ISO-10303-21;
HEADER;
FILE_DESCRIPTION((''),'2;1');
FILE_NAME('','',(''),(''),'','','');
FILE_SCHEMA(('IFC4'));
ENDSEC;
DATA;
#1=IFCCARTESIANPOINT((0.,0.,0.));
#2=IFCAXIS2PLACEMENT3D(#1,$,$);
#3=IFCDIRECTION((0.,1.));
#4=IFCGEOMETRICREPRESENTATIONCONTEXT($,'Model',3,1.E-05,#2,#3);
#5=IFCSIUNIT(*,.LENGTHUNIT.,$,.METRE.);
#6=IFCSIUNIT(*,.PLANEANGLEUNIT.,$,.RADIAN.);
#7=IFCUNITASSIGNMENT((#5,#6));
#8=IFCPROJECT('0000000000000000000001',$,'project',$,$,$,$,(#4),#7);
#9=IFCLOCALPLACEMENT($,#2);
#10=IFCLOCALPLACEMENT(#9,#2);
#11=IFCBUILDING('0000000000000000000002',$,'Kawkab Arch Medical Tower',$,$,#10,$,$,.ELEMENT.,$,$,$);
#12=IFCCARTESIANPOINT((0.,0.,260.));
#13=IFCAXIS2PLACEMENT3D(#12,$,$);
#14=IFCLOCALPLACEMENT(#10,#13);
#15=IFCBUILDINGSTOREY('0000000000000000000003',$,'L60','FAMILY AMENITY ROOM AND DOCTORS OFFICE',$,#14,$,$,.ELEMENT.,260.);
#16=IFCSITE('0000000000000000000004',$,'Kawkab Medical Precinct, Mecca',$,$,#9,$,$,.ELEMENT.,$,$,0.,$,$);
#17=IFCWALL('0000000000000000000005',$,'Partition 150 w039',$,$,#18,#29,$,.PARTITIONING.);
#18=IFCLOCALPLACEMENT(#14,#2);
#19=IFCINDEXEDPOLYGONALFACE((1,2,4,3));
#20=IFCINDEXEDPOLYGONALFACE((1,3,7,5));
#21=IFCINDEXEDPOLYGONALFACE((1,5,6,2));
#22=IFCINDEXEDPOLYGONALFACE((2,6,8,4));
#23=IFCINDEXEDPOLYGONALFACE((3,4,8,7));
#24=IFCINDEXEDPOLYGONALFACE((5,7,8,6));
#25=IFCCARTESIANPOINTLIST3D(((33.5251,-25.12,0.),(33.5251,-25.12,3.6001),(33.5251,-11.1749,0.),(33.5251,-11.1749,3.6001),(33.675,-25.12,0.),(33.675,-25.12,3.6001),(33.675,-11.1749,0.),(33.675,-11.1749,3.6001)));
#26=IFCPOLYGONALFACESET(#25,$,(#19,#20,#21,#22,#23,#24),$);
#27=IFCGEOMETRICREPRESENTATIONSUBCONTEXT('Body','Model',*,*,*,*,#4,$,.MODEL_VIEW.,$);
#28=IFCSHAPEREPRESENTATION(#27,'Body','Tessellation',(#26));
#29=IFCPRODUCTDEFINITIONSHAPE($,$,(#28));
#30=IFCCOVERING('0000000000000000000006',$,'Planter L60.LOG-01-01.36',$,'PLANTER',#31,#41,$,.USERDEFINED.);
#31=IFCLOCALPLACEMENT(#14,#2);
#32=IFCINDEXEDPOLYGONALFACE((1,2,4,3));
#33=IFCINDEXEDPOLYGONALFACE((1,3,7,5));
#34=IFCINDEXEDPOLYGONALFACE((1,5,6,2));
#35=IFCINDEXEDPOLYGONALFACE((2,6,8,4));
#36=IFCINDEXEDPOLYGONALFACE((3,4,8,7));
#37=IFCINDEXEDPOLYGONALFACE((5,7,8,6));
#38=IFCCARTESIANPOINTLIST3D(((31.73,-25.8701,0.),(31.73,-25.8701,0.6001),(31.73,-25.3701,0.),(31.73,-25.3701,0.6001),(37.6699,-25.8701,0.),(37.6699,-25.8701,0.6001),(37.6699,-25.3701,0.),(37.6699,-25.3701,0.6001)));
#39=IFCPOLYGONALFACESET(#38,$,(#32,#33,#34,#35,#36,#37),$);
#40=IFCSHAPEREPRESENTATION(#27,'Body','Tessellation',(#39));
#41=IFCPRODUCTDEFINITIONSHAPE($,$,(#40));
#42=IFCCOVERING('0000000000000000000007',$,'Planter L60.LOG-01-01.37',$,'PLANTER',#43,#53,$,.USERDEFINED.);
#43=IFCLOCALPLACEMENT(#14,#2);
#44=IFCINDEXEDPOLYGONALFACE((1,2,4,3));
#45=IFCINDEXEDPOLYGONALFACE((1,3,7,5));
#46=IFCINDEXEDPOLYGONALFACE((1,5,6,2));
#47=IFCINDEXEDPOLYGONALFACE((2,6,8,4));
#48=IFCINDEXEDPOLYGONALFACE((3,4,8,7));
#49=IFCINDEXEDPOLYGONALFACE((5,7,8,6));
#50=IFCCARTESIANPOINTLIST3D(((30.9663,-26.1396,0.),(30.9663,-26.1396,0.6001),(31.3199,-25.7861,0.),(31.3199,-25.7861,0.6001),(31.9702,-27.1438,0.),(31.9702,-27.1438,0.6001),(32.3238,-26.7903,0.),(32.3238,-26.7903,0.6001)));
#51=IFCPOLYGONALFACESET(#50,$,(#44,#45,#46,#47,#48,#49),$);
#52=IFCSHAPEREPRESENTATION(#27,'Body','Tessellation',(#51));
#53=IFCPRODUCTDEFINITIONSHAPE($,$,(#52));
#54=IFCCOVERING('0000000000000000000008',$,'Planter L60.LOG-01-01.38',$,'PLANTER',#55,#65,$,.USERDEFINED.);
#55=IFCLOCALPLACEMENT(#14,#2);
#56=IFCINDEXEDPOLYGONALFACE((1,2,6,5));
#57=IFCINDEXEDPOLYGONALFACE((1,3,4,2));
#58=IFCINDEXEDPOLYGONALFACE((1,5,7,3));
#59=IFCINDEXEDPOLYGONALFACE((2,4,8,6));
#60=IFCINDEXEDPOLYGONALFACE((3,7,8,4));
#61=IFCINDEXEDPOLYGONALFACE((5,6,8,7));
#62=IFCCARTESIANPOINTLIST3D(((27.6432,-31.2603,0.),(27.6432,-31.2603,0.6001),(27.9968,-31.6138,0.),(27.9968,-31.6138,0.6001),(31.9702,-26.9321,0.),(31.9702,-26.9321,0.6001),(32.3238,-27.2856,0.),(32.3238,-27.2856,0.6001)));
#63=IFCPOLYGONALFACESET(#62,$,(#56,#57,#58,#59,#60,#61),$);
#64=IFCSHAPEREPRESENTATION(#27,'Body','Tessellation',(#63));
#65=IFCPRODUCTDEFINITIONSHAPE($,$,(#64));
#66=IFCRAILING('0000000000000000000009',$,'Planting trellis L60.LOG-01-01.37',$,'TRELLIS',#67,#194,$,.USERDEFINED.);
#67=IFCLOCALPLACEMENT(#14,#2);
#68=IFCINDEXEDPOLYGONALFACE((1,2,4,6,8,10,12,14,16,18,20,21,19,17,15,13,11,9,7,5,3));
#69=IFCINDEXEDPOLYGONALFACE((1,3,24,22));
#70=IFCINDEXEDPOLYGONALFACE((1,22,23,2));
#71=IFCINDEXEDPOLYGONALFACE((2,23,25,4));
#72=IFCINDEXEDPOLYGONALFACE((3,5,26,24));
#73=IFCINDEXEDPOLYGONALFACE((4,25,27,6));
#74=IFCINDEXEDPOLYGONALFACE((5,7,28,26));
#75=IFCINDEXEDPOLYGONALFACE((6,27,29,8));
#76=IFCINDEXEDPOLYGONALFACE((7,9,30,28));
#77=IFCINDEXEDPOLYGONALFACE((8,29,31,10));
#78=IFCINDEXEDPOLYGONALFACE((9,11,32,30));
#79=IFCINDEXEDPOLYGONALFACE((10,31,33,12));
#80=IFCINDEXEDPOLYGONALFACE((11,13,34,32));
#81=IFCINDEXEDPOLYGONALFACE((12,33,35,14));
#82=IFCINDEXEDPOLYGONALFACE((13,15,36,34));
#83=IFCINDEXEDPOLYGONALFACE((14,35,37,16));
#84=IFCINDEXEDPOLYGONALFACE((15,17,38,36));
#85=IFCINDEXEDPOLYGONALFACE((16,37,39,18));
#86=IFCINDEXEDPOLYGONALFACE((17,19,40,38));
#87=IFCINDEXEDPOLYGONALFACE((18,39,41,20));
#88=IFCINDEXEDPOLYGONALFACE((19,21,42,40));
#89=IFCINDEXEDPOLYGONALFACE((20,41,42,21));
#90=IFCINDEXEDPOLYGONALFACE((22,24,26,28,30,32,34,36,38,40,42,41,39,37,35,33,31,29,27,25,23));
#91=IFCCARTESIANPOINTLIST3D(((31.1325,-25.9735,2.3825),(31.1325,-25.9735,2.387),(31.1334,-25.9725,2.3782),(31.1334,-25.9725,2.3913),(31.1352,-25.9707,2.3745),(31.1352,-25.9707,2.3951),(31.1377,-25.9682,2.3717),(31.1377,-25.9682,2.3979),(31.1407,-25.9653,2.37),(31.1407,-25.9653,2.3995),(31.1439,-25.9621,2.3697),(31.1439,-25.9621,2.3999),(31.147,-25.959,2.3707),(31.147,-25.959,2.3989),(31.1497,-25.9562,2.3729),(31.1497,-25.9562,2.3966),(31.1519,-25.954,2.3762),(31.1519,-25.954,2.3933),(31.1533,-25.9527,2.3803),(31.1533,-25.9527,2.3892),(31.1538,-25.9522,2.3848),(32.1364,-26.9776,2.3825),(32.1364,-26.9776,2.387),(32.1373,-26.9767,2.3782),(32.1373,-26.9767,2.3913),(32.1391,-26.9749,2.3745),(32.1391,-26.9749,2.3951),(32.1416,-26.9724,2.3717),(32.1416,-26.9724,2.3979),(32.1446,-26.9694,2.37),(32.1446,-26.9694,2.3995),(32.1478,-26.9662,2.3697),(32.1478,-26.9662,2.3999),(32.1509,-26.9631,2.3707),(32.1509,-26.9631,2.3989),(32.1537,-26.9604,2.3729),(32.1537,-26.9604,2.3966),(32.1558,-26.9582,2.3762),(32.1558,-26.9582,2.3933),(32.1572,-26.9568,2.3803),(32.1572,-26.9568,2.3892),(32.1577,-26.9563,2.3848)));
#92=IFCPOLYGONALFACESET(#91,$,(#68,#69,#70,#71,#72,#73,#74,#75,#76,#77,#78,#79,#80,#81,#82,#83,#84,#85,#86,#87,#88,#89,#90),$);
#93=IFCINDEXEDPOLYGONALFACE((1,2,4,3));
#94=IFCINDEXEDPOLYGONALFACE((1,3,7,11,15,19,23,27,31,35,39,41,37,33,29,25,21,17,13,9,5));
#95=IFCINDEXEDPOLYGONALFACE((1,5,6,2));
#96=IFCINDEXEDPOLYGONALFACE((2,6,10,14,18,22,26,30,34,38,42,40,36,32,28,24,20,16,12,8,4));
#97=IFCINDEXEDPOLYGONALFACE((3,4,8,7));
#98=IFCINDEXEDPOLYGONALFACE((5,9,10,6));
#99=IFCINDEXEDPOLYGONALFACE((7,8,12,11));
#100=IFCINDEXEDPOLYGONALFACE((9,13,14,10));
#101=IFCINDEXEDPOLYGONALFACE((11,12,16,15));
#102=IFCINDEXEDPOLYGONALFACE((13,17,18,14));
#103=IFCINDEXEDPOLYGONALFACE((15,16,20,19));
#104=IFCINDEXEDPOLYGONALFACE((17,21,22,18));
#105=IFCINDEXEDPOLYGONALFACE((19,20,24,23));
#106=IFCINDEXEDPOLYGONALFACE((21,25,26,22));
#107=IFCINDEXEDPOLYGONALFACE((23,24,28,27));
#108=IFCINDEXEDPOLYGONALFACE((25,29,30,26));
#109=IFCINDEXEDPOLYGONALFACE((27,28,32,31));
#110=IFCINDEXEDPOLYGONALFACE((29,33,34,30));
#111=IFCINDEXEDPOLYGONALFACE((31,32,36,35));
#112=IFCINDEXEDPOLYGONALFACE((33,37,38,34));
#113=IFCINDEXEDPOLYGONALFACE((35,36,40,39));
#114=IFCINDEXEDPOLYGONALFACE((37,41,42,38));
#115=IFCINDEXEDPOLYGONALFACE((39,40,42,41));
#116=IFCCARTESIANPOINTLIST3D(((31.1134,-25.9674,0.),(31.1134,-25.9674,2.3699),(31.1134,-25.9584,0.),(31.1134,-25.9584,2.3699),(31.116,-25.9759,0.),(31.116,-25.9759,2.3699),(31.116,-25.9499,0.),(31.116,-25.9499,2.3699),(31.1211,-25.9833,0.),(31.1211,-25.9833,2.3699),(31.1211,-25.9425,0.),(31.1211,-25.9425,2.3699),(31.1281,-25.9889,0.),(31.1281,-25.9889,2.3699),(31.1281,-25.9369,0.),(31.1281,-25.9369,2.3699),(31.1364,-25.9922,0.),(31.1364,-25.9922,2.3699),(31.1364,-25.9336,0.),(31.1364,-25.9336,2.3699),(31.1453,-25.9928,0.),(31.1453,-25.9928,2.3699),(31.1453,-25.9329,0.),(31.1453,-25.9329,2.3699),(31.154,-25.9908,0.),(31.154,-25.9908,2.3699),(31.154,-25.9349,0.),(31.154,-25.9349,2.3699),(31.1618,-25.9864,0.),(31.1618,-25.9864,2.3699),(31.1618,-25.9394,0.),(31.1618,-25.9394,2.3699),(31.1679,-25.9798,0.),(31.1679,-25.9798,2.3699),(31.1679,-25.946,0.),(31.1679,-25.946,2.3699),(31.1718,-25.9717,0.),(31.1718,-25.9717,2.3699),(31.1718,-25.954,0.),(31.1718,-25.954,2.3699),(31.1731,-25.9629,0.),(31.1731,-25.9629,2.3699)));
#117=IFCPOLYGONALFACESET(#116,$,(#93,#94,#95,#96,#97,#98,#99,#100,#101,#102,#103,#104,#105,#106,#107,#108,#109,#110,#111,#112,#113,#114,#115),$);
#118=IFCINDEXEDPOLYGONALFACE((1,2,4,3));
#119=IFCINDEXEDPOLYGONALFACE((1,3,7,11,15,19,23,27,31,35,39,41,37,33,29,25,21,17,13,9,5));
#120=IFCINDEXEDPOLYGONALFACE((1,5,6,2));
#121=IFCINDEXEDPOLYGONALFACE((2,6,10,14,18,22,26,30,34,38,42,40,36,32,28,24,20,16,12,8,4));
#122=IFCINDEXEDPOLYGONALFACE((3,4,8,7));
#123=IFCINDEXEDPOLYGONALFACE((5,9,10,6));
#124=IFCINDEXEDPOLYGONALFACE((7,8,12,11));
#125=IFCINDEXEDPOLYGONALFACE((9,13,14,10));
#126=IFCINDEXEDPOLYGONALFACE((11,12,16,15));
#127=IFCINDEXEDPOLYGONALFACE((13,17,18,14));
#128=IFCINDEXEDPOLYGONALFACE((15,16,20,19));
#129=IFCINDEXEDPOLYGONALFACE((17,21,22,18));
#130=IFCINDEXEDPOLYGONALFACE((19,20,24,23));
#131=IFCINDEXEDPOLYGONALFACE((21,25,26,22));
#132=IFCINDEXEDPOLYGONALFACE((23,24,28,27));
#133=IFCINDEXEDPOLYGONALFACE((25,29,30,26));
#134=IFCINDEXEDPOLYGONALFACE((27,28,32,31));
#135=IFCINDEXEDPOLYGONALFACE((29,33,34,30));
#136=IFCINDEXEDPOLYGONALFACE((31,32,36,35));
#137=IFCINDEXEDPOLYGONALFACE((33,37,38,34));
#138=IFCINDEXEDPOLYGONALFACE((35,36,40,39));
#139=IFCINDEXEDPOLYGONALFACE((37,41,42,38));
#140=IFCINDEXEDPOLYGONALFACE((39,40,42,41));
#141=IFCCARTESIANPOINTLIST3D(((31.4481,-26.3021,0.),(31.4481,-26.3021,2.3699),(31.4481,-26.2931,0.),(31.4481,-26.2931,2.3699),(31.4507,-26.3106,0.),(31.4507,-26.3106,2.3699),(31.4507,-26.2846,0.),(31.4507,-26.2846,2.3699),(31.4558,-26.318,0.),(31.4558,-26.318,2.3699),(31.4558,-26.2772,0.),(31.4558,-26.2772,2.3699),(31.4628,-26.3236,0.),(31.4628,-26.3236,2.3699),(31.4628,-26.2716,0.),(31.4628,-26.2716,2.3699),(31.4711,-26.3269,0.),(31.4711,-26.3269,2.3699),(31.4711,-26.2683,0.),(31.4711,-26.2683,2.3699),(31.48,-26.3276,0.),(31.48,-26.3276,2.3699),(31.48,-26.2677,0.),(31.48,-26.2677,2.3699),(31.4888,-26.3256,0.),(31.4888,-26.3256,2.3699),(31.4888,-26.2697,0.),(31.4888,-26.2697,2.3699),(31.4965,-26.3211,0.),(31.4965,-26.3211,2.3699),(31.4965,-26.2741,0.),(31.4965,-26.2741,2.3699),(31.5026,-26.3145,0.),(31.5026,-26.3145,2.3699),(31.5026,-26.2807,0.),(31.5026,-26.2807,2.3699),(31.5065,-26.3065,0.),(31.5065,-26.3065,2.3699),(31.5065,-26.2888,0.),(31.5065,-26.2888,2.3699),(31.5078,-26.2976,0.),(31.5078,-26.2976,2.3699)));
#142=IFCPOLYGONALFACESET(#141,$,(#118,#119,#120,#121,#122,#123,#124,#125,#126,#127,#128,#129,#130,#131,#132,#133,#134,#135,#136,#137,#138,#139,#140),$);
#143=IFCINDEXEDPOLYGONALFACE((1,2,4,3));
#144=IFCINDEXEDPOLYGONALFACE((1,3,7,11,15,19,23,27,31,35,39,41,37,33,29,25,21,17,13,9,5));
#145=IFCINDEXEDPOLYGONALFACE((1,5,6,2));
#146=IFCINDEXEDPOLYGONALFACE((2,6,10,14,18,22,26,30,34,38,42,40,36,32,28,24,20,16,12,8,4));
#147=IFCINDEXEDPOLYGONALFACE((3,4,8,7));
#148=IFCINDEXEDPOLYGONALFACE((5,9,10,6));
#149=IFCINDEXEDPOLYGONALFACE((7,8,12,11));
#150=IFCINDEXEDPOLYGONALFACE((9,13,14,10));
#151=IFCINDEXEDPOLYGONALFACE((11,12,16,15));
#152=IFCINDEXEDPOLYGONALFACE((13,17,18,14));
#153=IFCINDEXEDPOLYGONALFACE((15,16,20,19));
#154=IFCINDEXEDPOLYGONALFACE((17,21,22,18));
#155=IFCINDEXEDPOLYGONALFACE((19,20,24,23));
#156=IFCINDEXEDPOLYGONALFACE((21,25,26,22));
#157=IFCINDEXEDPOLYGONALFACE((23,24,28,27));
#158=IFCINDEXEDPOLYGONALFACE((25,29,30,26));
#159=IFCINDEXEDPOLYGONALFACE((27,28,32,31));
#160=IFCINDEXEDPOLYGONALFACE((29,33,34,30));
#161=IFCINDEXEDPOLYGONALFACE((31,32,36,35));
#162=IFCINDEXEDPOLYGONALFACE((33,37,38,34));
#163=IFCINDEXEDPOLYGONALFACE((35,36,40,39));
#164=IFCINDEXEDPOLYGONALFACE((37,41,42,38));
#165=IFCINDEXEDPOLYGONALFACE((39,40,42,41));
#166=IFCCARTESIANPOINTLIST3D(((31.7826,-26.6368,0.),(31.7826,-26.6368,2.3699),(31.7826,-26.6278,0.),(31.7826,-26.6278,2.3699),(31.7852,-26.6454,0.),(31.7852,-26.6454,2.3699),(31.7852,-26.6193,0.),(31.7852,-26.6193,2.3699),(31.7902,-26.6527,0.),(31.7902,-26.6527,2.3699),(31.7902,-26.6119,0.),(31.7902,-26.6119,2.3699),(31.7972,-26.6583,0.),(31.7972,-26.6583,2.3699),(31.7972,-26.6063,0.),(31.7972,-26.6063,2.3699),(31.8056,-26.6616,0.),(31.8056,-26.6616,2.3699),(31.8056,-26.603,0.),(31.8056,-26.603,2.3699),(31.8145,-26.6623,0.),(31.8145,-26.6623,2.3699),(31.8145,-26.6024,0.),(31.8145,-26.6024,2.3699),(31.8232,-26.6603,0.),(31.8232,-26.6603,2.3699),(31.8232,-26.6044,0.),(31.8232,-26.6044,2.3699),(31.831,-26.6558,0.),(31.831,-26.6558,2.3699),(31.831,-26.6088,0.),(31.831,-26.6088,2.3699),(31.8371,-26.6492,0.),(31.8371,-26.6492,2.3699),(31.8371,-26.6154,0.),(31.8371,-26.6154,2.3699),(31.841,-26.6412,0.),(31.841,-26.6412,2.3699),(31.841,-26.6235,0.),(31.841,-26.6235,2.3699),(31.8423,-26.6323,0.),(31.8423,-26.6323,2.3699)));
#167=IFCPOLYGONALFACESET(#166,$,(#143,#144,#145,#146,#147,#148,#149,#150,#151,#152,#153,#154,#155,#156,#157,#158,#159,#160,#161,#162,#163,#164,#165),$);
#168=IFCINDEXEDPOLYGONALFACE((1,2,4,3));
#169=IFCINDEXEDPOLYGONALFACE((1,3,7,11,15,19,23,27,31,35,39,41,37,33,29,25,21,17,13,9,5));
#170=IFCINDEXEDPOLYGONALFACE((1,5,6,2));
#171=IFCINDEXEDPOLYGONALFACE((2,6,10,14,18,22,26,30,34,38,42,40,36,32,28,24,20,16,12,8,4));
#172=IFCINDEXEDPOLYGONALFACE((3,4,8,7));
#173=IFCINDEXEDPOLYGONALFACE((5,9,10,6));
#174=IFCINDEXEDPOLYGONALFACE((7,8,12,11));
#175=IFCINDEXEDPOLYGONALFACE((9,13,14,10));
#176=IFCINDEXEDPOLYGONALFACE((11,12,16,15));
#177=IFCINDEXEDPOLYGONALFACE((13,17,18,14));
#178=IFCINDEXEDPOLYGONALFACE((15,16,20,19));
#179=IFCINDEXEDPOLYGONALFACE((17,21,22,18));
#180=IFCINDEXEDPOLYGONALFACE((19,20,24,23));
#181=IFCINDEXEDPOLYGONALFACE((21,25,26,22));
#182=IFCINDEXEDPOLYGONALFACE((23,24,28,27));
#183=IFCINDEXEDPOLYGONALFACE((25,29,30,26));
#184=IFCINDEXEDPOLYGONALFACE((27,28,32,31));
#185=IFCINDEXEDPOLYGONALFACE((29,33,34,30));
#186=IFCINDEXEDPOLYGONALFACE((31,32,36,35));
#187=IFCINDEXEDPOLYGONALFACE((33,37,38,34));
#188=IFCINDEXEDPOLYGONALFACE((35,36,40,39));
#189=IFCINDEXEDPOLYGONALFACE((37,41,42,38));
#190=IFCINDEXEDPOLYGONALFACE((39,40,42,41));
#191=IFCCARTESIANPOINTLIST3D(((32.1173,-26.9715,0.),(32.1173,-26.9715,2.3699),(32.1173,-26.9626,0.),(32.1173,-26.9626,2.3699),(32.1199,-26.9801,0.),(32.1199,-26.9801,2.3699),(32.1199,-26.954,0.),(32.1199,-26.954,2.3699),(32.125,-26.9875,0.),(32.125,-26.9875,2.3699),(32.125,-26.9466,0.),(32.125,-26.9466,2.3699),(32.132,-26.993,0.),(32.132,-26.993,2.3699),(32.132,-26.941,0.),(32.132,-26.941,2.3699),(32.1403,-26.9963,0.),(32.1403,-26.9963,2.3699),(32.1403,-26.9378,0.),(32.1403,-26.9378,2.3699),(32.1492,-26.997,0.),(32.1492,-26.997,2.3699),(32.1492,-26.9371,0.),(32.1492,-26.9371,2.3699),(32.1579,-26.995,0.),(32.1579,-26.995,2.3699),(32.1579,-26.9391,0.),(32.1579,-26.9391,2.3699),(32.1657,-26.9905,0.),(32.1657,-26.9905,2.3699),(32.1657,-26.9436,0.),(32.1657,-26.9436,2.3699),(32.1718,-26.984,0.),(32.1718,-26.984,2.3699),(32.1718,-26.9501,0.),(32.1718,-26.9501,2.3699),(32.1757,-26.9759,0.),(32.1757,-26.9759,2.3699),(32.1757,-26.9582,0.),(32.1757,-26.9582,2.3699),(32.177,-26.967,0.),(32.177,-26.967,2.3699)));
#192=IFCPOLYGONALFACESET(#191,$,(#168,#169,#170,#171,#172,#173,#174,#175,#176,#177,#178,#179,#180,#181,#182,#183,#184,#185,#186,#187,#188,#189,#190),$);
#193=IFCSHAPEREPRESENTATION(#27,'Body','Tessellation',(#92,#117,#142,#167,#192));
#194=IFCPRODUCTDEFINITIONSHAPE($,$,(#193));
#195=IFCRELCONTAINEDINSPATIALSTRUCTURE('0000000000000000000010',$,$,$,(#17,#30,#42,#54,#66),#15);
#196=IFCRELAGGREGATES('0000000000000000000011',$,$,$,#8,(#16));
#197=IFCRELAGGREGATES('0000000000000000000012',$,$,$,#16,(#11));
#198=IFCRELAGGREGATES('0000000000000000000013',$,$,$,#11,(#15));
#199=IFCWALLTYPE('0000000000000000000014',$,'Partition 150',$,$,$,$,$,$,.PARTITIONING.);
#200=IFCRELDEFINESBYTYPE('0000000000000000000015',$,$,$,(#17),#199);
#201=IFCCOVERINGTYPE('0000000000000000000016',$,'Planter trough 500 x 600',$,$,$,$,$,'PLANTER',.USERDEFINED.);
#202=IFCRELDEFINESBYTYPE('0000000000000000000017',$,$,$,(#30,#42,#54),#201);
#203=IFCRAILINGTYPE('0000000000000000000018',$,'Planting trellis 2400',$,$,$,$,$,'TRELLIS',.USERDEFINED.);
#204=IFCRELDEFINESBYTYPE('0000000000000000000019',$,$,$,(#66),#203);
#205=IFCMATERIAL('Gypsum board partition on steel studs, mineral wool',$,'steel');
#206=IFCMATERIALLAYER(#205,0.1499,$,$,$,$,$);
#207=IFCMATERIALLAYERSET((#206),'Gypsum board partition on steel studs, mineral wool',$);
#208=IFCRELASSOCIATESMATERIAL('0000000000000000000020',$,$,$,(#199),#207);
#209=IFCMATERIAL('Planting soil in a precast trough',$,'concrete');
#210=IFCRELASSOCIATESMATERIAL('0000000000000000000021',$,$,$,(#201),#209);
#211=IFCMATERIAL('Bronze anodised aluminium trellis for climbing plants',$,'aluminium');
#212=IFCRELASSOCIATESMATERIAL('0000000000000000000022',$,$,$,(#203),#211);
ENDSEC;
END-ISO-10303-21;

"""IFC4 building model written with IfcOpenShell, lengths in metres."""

from ifc_helpers import new_model, si_unit, direction, frame, frame_2d, origin, origin_2d, place, context, subcontext, project, spatial, rectangle, circle, extrude, material, layer, layer_set, material_profile, profile_set, type_object, element, save


model = new_model("IFC4")

# Units and contexts
model_context = context("Model", 3, precision=1e-05, world=origin(), true_north=direction((0.0, 1.0)))
body_context = subcontext(model_context, "Body", "Model", "MODEL_VIEW")
ifc_project = project(units=[si_unit("LENGTHUNIT", "METRE"), si_unit("PLANEANGLEUNIT", "RADIAN")], contexts=[model_context])

# Site, building, storey
site_placement = place(None, origin())
site = spatial("IfcSite", under=ifc_project, at=site_placement, Name="Kawkab Medical Precinct, Mecca", CompositionType="ELEMENT", RefElevation=0.0)
building_placement = place(site_placement, origin())
building = spatial("IfcBuilding", under=site, at=building_placement, Name="Kawkab Arch Medical Tower", CompositionType="ELEMENT")
storey_placement = place(building_placement, frame((0.0, 0.0, 260.0)))
storey = spatial("IfcBuildingStorey", under=building, at=storey_placement, Name="L60", Description="FAMILY AMENITY ROOM AND DOCTORS OFFICE", CompositionType="ELEMENT", Elevation=260.0)

# Wall
ifc_material_1 = material(Name="Gypsum board partition on steel studs, mineral wool", Category="steel")
ifc_layer_1 = layer(ifc_material_1, 0.1499)
ifc_layer_set_1 = layer_set([ifc_layer_1], Name="Gypsum board partition on steel studs, mineral wool")
wall_type_1 = type_object("IfcWallType", Name="Partition 150", PredefinedType="PARTITIONING", material=ifc_layer_set_1)
wall_1_placement = place(storey_placement, frame((33.6001, -25.1201, 0.0), z_axis=(0.0, 0.0, 1.0), x_axis=(0.0, 1.0, 0.0)))
element("IfcWall", 1, at=wall_1_placement, inside=storey, type_object=wall_type_1, Name="Partition 150 w039", PredefinedType="PARTITIONING", context=body_context, shape_type="SweptSolid", body=[
    extrude(rectangle(XDim=13.9451, YDim=0.1499, at=frame_2d((6.9727, 0.0))), origin(), (0.0, 0.0, 1.0), 3.6001),
])

# Coverings
ifc_material_2 = material(Name="Planting soil in a precast trough", Category="concrete")
ifc_material_profile_1 = material_profile(ifc_material_2, rectangle(XDim=0.5, YDim=0.6001, at=origin_2d()), Name="Trough 500x600")
ifc_profile_set_1 = profile_set([ifc_material_profile_1], Name="Planting soil in a precast trough")
covering_type = type_object("IfcCoveringType", Name="Planter trough 500 x 600", ElementType="PLANTER", PredefinedType="USERDEFINED", material=ifc_profile_set_1)
covering_1_placement = place(storey_placement, frame((37.6699, -25.6201, 0.3), z_axis=(-1.0, 0.0, 0.0), x_axis=(0.0, -1.0, 0.0)))
element("IfcCovering", 2, at=covering_1_placement, inside=storey, type_object=covering_type, Name="Planter L60.LOG-01-01.36", ObjectType="PLANTER", PredefinedType="USERDEFINED", context=body_context, shape_type="SweptSolid", body=[
    extrude(rectangle(XDim=0.5, YDim=0.6001, at=origin_2d()), origin(), (0.0, 0.0, 1.0), 5.9399),
])
covering_2_placement = place(storey_placement, frame((31.1431, -25.9629, 0.3), z_axis=(0.707021, -0.707193, 0.0), x_axis=(0.707193, 0.707021, 0.0)))
element("IfcCovering", 3, at=covering_2_placement, inside=storey, type_object=covering_type, Name="Planter L60.LOG-01-01.37", ObjectType="PLANTER", PredefinedType="USERDEFINED", context=body_context, shape_type="SweptSolid", body=[
    extrude(rectangle(XDim=0.5, YDim=0.6001, at=origin_2d()), origin(), (0.0, 0.0, 1.0), 1.4199),
])
covering_3_placement = place(storey_placement, frame((32.147, -27.1089, 0.3), z_axis=(-0.707007, -0.707207, 0.0), x_axis=(0.707207, -0.707007, 0.0)))
element("IfcCovering", 4, at=covering_3_placement, inside=storey, type_object=covering_type, Name="Planter L60.LOG-01-01.38", ObjectType="PLANTER", PredefinedType="USERDEFINED", context=body_context, shape_type="SweptSolid", body=[
    extrude(rectangle(XDim=0.5, YDim=0.6001, at=origin_2d()), origin(), (0.0, 0.0, 1.0), 6.1201),
])

# Railing
ifc_material_3 = material(Name="Bronze anodised aluminium trellis for climbing plants", Category="aluminium")
railing_type = type_object("IfcRailingType", Name="Planting trellis 2400", ElementType="TRELLIS", PredefinedType="USERDEFINED", material=ifc_material_3)
railing_placement = place(storey_placement, frame((31.1431, -25.9629, 0.0)))
element("IfcRailing", 5, at=railing_placement, inside=storey, type_object=railing_type, Name="Planting trellis L60.LOG-01-01.37", ObjectType="TRELLIS", PredefinedType="USERDEFINED", context=body_context, shape_type="SweptSolid", body=[
    extrude(circle(Radius=0.0151, at=origin_2d()), frame((0.0, 0.0, 2.3848), z_axis=(0.707021, -0.707193, 0.0), x_axis=(0.707193, 0.707021, 0.0)), (0.0, 0.0, 1.0), 1.4199),
    extrude(circle(Radius=0.03, at=origin_2d()), origin(), (0.0, 0.0, 1.0), 2.3699),
    extrude(circle(Radius=0.03, at=origin_2d()), frame((0.3347, -0.3347, 0.0)), (0.0, 0.0, 1.0), 2.3699),
    extrude(circle(Radius=0.03, at=origin_2d()), frame((0.6692, -0.6694, 0.0)), (0.0, 0.0, 1.0), 2.3699),
    extrude(circle(Radius=0.03, at=origin_2d()), frame((1.0039, -1.0042, 0.0)), (0.0, 0.0, 1.0), 2.3699),
])

save(model, "model.ifc")
